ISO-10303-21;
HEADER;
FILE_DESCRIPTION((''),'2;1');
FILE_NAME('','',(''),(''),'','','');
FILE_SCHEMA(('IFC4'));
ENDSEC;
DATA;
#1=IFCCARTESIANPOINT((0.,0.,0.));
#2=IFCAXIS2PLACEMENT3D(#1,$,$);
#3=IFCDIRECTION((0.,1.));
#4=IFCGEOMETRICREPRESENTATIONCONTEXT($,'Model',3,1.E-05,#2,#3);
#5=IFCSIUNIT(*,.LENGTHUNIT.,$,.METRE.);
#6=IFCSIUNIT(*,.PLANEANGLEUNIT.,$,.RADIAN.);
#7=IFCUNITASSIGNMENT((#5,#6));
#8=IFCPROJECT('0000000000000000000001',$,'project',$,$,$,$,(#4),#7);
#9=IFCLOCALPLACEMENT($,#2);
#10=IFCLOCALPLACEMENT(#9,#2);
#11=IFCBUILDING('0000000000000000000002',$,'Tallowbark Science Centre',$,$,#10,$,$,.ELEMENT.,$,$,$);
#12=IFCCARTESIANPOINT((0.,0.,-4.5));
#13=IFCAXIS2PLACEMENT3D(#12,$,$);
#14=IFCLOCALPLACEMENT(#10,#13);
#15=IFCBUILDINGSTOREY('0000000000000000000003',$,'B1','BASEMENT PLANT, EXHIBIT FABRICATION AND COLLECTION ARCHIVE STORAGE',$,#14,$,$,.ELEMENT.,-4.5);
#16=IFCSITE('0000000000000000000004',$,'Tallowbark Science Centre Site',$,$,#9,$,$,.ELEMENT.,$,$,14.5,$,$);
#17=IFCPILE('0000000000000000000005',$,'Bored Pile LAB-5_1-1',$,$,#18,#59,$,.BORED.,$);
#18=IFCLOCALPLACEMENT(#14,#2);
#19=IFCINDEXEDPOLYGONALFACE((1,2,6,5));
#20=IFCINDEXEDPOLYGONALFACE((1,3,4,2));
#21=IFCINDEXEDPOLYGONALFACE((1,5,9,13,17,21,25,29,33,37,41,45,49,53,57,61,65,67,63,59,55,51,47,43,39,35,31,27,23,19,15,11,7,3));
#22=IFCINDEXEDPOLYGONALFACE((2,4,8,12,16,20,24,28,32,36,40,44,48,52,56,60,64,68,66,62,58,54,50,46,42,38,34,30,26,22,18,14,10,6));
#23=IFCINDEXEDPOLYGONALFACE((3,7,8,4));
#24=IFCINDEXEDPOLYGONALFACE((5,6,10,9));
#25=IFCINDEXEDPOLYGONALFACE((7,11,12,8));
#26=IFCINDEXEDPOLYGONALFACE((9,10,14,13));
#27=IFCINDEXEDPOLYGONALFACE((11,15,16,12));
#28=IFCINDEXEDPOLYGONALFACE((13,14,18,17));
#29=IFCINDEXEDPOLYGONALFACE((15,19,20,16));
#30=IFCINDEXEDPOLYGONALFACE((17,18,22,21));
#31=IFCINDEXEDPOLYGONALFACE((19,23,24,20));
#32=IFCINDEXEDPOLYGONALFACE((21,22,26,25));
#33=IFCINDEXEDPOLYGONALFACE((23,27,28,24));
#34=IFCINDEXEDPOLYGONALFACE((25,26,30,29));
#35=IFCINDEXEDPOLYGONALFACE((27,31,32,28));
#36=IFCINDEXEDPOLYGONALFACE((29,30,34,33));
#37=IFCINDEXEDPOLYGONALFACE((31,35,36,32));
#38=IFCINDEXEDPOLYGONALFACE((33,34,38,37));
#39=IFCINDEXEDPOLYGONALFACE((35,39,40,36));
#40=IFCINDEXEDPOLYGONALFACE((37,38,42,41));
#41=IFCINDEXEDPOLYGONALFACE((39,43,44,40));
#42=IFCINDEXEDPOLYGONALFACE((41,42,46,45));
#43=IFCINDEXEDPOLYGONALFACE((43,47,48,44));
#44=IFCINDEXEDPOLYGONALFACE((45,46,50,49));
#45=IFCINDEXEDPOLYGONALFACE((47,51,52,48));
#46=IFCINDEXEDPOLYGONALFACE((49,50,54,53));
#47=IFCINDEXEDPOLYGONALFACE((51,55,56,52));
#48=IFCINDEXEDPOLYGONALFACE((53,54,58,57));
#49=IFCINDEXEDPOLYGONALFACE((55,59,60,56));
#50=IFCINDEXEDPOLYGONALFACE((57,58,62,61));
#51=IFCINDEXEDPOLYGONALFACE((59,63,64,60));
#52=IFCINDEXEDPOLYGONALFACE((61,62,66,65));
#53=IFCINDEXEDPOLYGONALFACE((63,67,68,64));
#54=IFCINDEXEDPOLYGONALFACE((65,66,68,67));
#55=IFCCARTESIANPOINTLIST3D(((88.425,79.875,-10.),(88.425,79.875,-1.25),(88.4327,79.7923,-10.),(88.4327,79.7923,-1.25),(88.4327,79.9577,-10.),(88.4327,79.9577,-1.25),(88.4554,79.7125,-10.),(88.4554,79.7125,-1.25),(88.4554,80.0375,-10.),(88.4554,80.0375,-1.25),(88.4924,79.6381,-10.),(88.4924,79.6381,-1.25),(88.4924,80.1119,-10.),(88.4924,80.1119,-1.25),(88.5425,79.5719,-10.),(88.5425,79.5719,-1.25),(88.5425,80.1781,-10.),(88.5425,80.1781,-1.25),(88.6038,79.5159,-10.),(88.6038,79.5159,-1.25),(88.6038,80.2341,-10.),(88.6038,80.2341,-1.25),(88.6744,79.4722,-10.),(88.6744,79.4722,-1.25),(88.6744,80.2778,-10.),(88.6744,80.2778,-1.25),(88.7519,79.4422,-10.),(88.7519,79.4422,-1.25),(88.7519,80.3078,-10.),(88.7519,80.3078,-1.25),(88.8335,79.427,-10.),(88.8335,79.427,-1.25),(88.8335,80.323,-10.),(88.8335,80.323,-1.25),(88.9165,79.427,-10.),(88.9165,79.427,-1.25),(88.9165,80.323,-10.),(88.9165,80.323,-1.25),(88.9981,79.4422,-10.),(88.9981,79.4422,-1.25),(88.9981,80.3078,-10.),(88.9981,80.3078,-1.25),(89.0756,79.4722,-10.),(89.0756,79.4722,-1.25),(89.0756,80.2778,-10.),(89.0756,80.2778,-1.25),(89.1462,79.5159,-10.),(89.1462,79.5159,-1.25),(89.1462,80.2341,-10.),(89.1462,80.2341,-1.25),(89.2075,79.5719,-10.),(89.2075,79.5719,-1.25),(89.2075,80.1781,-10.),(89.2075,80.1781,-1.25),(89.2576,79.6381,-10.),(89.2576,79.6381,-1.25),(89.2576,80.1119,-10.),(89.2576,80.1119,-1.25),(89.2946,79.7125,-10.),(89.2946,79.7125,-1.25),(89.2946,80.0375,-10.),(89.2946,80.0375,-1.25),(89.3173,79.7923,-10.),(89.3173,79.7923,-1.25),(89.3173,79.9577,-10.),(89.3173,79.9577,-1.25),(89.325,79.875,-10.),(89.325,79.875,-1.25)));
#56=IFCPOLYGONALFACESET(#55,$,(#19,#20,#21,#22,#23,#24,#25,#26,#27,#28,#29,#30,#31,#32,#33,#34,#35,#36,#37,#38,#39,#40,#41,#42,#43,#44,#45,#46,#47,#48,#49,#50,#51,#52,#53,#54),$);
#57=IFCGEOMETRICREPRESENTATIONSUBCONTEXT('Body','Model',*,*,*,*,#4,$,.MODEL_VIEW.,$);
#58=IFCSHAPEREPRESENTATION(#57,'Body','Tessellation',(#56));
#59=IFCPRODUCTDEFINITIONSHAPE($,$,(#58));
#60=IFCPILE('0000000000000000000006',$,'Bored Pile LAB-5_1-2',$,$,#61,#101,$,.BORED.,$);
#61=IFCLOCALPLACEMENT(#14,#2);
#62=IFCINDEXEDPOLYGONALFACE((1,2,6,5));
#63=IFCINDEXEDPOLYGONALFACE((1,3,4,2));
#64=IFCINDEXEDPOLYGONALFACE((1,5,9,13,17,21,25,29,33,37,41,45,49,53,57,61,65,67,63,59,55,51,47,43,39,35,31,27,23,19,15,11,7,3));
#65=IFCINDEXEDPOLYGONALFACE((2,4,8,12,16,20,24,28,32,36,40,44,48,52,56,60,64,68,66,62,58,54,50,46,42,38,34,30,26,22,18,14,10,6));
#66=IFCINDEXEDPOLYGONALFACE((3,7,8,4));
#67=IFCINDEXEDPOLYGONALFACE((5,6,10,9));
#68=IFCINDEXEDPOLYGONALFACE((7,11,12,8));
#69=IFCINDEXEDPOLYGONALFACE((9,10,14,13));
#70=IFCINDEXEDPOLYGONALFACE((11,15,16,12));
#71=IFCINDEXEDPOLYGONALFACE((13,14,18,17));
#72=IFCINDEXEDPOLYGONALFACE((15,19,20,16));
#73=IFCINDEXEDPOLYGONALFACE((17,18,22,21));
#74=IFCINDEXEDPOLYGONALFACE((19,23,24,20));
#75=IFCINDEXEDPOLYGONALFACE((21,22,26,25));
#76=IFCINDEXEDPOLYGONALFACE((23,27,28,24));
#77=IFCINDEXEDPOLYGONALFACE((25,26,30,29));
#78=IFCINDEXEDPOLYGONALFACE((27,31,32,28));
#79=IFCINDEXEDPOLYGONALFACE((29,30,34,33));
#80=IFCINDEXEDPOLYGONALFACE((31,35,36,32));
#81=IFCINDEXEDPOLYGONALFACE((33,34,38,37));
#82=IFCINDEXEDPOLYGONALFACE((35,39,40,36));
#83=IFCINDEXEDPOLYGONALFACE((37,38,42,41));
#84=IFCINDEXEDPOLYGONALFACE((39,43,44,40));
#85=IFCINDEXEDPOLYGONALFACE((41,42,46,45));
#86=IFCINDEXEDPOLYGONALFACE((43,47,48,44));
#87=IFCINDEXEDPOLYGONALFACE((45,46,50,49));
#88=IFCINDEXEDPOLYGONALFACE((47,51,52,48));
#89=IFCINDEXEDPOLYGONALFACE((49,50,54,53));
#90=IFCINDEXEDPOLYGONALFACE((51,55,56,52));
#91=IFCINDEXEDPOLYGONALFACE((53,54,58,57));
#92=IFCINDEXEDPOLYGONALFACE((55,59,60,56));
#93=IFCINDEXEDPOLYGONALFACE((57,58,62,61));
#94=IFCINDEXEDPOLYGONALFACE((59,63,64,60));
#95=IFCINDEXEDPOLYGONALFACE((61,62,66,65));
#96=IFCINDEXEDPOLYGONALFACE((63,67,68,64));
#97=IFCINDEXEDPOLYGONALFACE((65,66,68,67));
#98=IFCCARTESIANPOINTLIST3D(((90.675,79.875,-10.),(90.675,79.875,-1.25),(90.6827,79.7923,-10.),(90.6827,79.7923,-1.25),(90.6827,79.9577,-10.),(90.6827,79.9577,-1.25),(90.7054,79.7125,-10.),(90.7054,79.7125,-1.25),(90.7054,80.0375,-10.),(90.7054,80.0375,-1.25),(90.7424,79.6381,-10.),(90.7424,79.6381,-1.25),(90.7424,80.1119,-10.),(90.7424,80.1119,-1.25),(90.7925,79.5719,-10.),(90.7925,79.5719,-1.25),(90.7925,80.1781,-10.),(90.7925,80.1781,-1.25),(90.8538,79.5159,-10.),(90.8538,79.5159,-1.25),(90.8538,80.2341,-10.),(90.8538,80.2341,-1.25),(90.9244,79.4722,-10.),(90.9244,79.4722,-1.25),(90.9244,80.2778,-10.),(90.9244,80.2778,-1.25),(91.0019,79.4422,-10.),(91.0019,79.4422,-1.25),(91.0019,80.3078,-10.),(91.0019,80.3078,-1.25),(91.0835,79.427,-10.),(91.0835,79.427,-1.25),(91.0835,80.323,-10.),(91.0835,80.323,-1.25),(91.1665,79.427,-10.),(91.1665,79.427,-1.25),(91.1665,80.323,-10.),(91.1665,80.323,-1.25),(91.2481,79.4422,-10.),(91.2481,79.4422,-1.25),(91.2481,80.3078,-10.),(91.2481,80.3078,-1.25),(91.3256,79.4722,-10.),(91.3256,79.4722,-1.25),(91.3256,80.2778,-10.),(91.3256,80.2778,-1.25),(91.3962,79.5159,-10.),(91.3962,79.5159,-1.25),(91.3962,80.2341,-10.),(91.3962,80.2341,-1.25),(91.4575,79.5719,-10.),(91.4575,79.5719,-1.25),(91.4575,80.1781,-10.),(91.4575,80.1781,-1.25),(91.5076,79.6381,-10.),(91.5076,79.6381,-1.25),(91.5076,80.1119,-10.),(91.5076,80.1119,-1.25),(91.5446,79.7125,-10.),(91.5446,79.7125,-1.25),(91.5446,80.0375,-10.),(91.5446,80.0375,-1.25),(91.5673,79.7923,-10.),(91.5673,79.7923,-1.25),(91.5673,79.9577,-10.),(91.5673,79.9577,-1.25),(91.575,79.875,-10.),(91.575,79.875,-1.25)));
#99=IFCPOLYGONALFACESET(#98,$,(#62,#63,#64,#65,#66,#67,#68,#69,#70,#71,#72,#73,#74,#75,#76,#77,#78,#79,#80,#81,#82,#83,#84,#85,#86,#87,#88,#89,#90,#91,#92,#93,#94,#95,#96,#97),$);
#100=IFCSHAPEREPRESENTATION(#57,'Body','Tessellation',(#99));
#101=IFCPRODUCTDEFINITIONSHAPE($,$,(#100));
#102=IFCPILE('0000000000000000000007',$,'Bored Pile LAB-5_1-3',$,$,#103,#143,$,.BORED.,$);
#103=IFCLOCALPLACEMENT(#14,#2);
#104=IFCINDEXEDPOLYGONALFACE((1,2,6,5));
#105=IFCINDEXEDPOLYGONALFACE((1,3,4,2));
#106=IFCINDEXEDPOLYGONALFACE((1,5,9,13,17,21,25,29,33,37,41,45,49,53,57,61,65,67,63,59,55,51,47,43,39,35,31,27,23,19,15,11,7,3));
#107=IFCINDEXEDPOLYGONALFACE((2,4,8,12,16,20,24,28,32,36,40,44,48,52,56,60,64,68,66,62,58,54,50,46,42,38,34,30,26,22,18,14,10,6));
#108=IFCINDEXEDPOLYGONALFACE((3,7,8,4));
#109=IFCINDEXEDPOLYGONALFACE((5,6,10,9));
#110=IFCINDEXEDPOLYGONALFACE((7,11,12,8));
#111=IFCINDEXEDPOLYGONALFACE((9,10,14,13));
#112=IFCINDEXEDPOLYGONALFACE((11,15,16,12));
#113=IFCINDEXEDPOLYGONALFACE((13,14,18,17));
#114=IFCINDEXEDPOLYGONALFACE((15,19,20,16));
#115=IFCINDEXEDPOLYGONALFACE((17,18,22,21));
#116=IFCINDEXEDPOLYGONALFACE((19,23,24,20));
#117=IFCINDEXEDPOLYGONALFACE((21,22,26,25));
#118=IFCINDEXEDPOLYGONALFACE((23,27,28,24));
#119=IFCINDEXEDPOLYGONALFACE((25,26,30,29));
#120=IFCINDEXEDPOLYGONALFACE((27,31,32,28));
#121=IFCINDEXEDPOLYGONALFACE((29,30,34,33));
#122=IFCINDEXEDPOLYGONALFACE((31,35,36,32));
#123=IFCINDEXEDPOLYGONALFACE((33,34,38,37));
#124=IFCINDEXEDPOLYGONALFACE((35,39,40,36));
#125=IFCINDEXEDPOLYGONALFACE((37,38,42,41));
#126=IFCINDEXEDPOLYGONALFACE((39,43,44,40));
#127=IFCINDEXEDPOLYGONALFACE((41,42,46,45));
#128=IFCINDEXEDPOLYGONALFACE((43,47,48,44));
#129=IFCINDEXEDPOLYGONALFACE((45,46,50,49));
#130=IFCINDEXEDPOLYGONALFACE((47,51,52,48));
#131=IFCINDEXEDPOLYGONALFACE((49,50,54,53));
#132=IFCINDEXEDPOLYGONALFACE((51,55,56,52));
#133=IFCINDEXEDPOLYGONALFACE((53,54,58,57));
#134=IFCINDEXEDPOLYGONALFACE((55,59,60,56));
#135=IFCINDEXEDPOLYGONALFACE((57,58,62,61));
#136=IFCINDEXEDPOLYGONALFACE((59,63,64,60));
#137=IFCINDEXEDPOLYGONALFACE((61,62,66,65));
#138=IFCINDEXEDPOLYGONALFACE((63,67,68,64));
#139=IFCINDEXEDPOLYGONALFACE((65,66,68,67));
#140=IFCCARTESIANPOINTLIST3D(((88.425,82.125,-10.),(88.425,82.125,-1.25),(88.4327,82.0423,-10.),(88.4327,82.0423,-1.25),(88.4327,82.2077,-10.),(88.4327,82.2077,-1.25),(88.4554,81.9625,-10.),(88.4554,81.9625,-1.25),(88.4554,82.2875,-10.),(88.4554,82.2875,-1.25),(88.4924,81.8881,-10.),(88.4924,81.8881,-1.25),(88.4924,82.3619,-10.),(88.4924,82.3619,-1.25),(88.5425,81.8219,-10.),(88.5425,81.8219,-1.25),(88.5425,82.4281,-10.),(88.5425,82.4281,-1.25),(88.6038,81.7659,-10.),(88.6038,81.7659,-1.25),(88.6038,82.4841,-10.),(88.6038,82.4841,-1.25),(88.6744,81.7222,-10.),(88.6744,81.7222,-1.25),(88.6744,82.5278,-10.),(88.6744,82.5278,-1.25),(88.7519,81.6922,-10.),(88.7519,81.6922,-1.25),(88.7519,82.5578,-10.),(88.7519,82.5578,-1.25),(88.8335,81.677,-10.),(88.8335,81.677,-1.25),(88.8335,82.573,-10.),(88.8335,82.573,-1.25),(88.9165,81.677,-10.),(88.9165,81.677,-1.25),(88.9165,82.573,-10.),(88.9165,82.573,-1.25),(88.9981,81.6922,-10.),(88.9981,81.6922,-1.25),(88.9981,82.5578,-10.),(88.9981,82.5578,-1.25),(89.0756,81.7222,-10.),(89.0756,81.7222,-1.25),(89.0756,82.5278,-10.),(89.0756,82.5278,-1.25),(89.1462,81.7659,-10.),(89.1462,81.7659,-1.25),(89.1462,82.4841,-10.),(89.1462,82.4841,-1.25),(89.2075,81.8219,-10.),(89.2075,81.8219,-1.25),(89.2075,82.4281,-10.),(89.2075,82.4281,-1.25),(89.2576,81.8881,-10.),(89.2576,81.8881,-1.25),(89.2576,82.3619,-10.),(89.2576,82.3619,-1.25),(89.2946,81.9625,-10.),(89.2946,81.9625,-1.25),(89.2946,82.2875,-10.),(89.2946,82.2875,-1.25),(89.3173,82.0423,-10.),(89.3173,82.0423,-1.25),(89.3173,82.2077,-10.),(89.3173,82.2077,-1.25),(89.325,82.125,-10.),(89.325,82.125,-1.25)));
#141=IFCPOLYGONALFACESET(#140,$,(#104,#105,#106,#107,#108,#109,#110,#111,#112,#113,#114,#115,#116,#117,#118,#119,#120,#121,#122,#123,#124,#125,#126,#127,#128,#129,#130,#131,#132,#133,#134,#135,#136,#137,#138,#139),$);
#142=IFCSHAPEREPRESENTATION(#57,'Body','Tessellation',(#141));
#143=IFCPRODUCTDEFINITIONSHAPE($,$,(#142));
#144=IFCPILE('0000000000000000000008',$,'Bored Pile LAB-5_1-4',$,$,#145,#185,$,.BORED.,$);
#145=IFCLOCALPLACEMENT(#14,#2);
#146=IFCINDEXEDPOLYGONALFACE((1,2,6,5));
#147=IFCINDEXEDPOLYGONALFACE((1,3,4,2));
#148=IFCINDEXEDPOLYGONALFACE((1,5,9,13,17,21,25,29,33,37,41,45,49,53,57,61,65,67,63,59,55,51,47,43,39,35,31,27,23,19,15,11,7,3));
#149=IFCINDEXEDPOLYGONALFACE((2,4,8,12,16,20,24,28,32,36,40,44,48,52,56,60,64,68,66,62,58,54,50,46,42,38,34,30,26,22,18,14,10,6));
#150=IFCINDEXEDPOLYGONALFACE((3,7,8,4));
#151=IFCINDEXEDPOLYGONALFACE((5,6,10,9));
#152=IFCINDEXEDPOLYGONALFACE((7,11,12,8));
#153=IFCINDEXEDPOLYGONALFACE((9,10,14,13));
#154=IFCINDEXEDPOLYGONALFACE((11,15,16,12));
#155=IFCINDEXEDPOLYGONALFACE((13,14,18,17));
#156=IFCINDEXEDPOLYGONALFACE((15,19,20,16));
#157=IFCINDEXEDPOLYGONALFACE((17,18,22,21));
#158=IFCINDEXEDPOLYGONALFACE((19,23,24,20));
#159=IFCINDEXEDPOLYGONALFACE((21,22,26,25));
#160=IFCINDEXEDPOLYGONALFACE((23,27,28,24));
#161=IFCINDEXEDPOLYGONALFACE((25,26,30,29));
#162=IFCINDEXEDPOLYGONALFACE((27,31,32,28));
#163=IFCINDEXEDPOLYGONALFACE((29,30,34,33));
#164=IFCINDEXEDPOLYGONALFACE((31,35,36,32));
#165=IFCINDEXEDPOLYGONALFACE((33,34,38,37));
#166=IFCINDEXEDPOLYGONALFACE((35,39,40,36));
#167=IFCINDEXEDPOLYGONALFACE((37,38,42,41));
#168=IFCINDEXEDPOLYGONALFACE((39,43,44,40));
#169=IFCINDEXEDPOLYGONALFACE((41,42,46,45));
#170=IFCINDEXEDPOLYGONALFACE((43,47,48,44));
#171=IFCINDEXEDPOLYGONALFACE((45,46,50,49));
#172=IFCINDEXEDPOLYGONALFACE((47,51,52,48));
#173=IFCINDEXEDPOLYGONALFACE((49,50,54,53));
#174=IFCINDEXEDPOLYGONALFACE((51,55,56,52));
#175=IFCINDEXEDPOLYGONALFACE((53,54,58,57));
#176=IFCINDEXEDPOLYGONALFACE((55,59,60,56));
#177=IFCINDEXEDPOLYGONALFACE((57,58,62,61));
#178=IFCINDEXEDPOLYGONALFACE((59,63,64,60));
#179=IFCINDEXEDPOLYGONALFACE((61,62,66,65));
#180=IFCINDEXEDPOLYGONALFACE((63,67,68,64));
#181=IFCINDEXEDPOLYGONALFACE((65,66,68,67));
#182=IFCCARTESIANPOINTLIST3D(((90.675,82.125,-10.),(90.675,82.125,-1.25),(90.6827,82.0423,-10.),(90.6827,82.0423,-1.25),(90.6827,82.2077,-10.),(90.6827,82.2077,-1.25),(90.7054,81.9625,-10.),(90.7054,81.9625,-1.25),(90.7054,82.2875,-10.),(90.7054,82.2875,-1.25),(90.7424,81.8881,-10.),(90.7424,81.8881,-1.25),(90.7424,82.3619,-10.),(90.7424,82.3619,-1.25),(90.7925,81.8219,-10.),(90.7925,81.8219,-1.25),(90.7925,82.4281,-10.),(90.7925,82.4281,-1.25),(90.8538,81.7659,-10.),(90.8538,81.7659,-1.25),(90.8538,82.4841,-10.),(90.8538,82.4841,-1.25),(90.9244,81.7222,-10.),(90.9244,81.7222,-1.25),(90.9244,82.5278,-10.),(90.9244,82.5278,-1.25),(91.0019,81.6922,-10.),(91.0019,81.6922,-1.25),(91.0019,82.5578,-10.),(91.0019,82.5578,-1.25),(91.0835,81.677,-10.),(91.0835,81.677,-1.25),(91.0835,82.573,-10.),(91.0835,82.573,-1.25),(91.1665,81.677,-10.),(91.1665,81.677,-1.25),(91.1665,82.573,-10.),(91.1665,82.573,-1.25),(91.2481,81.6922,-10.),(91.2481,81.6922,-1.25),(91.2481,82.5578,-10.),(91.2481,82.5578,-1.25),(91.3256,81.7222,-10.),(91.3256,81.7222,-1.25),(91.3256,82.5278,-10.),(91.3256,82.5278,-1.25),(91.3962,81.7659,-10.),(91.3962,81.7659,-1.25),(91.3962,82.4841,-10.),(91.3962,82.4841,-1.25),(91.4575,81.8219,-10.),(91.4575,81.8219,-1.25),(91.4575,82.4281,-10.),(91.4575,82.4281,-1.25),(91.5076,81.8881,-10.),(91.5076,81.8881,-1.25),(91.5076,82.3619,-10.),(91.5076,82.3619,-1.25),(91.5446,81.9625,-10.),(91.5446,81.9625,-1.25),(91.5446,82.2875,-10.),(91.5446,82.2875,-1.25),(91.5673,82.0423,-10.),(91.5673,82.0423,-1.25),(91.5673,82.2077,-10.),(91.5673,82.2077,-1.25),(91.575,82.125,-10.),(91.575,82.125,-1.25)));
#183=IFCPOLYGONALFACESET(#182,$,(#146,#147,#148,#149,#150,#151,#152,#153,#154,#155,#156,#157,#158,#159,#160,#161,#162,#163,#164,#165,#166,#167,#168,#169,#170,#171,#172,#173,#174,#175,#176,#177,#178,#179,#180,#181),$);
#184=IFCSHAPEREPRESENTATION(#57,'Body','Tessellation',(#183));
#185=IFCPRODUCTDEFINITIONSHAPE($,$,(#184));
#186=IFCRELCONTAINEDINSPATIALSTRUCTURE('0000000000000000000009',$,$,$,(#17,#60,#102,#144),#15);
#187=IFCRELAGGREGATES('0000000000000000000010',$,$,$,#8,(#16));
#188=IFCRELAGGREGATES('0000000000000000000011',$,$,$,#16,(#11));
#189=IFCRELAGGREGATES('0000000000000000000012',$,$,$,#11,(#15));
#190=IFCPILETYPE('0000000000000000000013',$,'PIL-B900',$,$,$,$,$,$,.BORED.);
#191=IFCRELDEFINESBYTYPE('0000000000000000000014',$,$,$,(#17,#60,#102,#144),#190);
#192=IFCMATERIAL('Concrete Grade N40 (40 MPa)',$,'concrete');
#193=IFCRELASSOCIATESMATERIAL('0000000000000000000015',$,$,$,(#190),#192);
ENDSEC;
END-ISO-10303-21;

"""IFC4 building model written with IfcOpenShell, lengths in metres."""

from ifc_helpers import new_model, si_unit, direction, frame, origin, origin_2d, place, context, subcontext, project, spatial, circle, extrude, material, material_profile, profile_set, type_object, element, save


model = new_model("IFC4")

# Units and contexts
model_context = context("Model", 3, precision=1e-05, world=origin(), true_north=direction((0.0, 1.0)))
body_context = subcontext(model_context, "Body", "Model", "MODEL_VIEW")
ifc_project = project(units=[si_unit("LENGTHUNIT", "METRE"), si_unit("PLANEANGLEUNIT", "RADIAN")], contexts=[model_context])

# Site, building, storey
site_placement = place(None, origin())
site = spatial("IfcSite", under=ifc_project, at=site_placement, Name="Tallowbark Science Centre Site", CompositionType="ELEMENT", RefElevation=14.5)
building_placement = place(site_placement, origin())
building = spatial("IfcBuilding", under=site, at=building_placement, Name="Tallowbark Science Centre", CompositionType="ELEMENT")
storey_placement = place(building_placement, frame((0.0, 0.0, -4.5)))
storey = spatial("IfcBuildingStorey", under=building, at=storey_placement, Name="B1", Description="BASEMENT PLANT, EXHIBIT FABRICATION AND COLLECTION ARCHIVE STORAGE", CompositionType="ELEMENT", Elevation=-4.5)

# Shared definitions
ifc_material_1 = material(Name="Concrete Grade N40 (40 MPa)", Category="concrete")

# Piles
ifc_material_profile_1 = material_profile(ifc_material_1, circle(Radius=0.45, at=origin_2d()), Name="PILE900")
ifc_profile_set_1 = profile_set([ifc_material_profile_1], Name="Concrete Grade N40 (40 MPa)")
pile_type = type_object("IfcPileType", Name="PIL-B900", PredefinedType="BORED", material=ifc_profile_set_1)
for number, where, z_axis, x_axis, name in (
    (1, (88.875, 79.875, -1.25), (0.0, 0.0, -1.0), (1.0, 0.0, 0.0), "Bored Pile LAB-5_1-1"),
    (2, (91.125, 79.875, -1.25), (0.0, 0.0, -1.0), (1.0, 0.0, 0.0), "Bored Pile LAB-5_1-2"),
    (3, (88.875, 82.125, -1.25), (0.0, 0.0, -1.0), (1.0, 0.0, 0.0), "Bored Pile LAB-5_1-3"),
    (4, (91.125, 82.125, -1.25), (0.0, 0.0, -1.0), (1.0, 0.0, 0.0), "Bored Pile LAB-5_1-4"),
):
    element("IfcPile", number, at=place(storey_placement, frame(where, z_axis=z_axis, x_axis=x_axis)), inside=storey, type_object=pile_type, Name=name, PredefinedType="BORED", context=body_context, shape_type="SweptSolid", body=[
        extrude(circle(Radius=0.45, at=origin_2d()), origin(), (0.0, 0.0, 1.0), 8.75),
    ])

save(model, "model.ifc")
